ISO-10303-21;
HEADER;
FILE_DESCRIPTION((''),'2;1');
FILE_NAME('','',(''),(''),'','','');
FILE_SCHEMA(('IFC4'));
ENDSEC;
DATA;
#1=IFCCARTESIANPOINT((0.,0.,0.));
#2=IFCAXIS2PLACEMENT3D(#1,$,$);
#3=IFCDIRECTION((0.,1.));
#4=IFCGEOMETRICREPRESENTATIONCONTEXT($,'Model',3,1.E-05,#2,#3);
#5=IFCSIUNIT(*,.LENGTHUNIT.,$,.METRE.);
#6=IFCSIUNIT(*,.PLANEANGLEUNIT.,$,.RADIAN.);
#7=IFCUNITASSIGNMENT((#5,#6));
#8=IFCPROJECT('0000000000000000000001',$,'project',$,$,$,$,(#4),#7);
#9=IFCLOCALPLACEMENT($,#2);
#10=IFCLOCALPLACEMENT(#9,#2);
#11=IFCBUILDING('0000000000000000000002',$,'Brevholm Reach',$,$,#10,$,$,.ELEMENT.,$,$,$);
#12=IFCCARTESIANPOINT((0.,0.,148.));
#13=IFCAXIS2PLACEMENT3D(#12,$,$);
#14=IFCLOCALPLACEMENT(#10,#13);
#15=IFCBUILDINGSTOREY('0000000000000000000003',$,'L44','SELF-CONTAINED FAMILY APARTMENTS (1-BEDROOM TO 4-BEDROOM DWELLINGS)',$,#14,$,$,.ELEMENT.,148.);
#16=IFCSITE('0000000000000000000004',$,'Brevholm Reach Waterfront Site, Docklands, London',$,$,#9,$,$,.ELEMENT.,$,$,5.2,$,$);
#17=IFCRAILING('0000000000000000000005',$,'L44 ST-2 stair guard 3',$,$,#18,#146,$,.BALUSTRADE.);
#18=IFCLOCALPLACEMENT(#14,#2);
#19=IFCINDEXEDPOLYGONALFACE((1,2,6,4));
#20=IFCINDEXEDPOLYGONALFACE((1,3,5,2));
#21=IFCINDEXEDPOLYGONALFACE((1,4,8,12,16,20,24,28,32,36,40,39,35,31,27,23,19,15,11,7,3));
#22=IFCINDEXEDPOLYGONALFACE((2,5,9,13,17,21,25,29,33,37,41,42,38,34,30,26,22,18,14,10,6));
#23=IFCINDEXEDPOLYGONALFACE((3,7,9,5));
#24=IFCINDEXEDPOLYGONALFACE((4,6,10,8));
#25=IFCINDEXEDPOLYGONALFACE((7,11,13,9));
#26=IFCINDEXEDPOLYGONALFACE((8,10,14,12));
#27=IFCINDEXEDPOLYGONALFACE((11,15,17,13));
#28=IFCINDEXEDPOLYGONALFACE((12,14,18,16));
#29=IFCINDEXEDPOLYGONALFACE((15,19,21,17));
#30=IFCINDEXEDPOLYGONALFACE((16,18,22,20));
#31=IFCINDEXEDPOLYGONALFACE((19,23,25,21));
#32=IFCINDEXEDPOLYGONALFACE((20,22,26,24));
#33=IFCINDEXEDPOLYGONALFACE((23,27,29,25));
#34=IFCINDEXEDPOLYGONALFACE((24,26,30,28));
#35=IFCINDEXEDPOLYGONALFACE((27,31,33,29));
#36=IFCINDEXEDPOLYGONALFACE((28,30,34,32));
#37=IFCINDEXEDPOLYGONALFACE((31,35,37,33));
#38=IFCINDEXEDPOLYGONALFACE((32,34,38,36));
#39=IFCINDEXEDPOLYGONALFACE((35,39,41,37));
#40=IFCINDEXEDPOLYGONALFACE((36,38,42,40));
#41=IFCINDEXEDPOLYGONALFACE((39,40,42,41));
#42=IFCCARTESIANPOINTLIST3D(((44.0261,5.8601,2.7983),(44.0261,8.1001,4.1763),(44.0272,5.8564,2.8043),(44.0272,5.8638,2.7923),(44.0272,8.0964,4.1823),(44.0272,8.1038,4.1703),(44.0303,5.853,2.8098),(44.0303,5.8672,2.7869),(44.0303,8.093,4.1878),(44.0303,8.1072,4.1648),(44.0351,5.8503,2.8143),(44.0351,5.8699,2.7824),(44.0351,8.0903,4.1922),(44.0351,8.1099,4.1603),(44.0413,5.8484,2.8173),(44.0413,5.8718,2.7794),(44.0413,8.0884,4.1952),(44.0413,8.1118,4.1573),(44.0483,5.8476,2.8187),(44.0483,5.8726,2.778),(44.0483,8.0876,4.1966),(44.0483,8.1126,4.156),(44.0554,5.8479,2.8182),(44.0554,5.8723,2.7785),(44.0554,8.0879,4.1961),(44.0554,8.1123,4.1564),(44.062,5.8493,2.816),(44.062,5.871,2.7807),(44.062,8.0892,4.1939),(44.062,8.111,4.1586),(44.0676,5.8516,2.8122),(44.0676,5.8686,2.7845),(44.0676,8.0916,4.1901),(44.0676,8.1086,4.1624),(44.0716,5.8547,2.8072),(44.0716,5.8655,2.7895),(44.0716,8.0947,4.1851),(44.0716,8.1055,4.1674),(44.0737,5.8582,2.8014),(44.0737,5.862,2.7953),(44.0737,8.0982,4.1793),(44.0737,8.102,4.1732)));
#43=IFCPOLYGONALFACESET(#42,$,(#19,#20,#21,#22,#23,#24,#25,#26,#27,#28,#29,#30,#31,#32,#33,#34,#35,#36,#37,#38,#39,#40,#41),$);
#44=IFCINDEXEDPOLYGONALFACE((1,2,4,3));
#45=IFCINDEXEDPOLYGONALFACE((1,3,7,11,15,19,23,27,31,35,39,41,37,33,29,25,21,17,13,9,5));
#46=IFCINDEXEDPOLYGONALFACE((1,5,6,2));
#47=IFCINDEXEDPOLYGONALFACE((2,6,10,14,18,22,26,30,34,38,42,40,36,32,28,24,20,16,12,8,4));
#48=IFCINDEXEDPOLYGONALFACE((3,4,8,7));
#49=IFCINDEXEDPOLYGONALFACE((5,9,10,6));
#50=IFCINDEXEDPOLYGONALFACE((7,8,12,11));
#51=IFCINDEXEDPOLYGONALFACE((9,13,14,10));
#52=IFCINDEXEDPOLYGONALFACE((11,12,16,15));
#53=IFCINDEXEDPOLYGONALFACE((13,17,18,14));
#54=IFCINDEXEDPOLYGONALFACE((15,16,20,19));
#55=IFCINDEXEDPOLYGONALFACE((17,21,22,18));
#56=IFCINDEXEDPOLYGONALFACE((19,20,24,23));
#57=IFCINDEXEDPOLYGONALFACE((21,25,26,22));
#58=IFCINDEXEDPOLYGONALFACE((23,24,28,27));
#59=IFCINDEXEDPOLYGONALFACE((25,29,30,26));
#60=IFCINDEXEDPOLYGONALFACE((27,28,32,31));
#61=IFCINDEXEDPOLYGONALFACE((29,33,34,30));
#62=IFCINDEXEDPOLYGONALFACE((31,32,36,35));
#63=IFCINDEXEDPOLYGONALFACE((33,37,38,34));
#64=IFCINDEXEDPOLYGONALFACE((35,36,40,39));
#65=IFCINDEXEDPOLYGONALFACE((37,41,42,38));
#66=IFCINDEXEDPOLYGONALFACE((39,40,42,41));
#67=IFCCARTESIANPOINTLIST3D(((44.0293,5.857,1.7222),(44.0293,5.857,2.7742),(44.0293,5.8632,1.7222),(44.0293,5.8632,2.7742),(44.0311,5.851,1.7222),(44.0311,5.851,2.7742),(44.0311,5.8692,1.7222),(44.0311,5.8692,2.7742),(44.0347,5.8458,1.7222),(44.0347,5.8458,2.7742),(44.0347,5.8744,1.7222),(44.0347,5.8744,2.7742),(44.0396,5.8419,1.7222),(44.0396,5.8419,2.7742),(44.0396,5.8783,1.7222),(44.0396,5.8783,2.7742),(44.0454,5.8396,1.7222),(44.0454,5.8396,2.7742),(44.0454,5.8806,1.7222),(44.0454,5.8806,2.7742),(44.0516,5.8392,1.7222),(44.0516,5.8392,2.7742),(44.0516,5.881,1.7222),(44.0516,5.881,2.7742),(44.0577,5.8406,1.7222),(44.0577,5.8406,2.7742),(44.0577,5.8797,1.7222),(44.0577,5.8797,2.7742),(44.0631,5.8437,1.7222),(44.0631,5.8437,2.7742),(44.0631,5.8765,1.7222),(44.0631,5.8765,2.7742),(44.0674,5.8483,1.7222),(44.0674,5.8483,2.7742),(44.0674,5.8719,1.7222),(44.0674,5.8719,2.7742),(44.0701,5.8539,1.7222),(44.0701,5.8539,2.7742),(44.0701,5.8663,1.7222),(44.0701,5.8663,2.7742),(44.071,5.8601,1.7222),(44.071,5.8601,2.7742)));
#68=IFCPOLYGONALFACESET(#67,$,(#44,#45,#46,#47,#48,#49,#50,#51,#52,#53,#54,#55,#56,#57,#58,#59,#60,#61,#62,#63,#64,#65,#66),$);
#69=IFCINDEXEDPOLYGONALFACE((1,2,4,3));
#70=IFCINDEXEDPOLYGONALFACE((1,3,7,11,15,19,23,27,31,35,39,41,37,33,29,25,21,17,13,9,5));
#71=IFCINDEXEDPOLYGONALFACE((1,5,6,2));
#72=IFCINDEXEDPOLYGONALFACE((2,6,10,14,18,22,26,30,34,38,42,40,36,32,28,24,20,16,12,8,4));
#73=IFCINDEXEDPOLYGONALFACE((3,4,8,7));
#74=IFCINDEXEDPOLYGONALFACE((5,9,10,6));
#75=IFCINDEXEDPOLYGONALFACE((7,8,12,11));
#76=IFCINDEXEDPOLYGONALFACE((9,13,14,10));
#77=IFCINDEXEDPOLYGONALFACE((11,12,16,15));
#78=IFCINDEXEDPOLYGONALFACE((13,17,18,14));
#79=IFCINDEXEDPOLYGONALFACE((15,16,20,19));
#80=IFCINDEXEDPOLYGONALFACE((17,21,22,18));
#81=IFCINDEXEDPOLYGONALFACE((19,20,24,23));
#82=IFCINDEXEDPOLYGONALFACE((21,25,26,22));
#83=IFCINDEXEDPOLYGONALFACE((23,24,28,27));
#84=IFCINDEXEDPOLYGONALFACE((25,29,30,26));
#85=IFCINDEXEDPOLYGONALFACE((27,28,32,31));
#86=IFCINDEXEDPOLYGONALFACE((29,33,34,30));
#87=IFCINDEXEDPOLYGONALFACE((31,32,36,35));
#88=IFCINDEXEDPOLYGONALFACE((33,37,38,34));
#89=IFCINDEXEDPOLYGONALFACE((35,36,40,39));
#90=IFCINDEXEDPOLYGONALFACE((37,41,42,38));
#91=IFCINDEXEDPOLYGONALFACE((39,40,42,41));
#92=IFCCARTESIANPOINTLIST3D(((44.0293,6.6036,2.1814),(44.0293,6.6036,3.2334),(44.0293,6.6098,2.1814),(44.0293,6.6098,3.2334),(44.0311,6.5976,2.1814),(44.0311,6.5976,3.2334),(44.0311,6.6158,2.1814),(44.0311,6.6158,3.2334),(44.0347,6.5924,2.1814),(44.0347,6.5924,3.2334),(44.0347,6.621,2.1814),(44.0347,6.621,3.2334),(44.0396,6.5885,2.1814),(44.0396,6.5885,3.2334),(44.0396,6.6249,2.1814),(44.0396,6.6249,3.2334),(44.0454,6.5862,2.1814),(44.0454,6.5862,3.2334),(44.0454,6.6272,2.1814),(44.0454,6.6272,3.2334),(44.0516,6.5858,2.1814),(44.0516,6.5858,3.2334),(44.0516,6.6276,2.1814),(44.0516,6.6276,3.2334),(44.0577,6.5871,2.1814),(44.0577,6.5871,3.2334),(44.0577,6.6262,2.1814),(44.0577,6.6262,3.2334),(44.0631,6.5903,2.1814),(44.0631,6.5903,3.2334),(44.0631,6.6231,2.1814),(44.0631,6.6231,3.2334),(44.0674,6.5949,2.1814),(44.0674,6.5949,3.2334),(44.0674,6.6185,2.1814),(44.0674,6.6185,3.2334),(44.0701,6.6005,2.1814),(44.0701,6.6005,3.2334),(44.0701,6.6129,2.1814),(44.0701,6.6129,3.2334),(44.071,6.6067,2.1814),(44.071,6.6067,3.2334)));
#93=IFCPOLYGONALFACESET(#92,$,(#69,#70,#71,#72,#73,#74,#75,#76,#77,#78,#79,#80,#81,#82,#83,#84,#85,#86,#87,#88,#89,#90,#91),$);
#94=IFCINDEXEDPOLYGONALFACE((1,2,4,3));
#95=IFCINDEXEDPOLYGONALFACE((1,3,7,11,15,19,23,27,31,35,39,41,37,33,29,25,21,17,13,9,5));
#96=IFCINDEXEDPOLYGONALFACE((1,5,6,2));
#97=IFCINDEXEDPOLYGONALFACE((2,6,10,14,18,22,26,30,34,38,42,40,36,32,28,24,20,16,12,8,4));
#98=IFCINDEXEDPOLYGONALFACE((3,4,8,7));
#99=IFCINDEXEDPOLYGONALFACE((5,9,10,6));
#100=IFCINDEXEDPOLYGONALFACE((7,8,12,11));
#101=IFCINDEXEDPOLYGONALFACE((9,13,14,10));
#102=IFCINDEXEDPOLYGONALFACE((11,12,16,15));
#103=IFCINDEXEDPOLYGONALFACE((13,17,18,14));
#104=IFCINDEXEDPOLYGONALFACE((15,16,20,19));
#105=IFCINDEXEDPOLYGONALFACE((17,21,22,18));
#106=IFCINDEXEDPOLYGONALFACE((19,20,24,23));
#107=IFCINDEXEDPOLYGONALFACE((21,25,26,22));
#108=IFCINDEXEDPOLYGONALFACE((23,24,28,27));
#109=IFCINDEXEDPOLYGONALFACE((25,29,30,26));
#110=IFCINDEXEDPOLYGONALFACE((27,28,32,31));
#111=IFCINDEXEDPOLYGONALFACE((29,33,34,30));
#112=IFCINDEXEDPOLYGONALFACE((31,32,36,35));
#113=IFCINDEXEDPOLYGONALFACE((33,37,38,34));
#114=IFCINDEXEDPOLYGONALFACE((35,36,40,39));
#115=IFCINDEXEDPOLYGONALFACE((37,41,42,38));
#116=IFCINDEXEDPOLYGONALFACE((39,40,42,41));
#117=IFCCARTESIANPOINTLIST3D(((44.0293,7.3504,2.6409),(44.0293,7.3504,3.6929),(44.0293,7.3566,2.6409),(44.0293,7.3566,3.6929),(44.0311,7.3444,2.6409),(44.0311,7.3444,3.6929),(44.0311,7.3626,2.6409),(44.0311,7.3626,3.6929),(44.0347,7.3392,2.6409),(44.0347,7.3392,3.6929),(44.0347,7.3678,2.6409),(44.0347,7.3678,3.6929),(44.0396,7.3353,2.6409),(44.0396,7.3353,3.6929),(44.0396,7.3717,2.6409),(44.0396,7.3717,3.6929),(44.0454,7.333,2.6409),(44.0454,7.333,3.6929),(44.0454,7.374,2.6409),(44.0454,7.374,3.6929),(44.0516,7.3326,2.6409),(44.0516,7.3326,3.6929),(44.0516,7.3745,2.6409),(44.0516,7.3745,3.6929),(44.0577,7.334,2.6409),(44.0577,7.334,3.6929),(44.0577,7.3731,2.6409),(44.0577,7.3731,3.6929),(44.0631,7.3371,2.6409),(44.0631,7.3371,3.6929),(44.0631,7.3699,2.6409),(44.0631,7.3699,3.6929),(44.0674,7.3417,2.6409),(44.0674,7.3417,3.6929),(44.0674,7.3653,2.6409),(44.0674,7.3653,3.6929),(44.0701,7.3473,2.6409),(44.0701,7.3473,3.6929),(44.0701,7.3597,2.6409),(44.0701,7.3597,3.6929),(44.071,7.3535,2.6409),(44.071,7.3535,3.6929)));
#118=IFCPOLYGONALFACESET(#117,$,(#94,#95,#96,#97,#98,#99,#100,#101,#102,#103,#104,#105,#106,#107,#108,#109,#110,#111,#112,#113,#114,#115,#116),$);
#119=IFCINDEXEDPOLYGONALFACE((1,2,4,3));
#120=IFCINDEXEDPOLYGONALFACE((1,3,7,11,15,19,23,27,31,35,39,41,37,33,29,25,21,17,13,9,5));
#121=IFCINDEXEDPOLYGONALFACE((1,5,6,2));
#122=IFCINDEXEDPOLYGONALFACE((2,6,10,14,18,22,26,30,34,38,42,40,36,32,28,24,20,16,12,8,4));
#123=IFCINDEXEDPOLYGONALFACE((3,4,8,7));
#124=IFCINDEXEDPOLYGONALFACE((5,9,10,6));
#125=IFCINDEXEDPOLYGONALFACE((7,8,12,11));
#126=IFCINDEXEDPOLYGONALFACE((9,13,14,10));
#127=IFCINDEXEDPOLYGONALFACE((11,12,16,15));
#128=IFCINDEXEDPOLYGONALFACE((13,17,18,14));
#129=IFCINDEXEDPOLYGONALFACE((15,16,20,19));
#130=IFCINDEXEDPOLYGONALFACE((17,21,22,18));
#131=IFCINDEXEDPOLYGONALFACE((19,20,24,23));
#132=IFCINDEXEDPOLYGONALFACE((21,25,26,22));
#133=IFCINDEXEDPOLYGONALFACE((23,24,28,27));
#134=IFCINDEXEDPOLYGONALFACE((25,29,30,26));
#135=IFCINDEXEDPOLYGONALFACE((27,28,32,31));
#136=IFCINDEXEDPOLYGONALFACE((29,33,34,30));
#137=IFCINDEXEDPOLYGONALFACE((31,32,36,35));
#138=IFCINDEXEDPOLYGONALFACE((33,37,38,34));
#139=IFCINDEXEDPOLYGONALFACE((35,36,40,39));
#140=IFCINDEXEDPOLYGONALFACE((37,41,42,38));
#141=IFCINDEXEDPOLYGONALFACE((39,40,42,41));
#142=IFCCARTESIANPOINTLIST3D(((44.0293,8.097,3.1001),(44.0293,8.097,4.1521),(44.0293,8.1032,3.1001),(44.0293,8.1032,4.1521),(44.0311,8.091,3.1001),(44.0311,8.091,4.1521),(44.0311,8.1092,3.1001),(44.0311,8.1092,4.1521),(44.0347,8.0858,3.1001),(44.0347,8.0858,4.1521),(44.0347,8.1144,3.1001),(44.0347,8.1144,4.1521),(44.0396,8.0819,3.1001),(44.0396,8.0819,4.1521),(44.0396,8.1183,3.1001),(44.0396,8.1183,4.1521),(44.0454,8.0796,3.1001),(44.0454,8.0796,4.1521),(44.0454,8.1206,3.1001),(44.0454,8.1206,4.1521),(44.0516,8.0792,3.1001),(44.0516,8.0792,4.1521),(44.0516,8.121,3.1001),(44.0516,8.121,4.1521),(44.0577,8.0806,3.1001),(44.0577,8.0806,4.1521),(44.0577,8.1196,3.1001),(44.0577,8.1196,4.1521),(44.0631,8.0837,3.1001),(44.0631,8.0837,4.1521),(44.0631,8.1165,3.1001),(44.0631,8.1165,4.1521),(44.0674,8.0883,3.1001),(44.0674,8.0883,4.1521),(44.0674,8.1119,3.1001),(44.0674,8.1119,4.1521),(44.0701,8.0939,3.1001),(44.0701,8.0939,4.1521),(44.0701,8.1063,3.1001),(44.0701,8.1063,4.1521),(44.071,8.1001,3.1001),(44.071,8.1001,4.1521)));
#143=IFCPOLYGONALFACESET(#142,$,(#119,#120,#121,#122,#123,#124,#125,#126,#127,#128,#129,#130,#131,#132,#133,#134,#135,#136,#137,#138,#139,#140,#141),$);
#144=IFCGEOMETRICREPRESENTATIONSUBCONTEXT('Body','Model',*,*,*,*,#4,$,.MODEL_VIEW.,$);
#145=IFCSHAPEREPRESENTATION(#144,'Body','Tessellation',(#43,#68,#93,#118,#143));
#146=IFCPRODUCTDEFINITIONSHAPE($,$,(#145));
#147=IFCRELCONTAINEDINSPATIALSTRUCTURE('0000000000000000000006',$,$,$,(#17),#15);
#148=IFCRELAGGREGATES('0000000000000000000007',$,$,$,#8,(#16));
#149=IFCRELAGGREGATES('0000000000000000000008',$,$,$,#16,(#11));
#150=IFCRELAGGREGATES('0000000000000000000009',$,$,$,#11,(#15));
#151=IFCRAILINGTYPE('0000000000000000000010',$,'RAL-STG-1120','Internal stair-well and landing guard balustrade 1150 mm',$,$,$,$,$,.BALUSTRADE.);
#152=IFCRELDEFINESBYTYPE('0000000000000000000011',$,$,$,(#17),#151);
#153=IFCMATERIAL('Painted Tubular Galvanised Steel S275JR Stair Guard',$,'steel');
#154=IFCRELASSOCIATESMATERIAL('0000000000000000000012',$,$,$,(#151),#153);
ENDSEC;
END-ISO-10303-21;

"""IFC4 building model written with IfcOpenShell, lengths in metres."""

from ifc_helpers import new_model, si_unit, direction, frame, origin, origin_2d, place, context, subcontext, project, spatial, circle, extrude, material, type_object, element, save


model = new_model("IFC4")

# Units and contexts
model_context = context("Model", 3, precision=1e-05, world=origin(), true_north=direction((0.0, 1.0)))
body_context = subcontext(model_context, "Body", "Model", "MODEL_VIEW")
ifc_project = project(units=[si_unit("LENGTHUNIT", "METRE"), si_unit("PLANEANGLEUNIT", "RADIAN")], contexts=[model_context])

# Site, building, storey
site_placement = place(None, origin())
site = spatial("IfcSite", under=ifc_project, at=site_placement, Name="Brevholm Reach Waterfront Site, Docklands, London", CompositionType="ELEMENT", RefElevation=5.2)
building_placement = place(site_placement, origin())
building = spatial("IfcBuilding", under=site, at=building_placement, Name="Brevholm Reach", CompositionType="ELEMENT")
storey_placement = place(building_placement, frame((0.0, 0.0, 148.0)))
storey = spatial("IfcBuildingStorey", under=building, at=storey_placement, Name="L44", Description="SELF-CONTAINED FAMILY APARTMENTS (1-BEDROOM TO 4-BEDROOM DWELLINGS)", CompositionType="ELEMENT", Elevation=148.0)

# Railing
ifc_material_1 = material(Name="Painted Tubular Galvanised Steel S275JR Stair Guard", Category="steel")
railing_type_1 = type_object("IfcRailingType", Name="RAL-STG-1120", Description="Internal stair-well and landing guard balustrade 1150 mm", PredefinedType="BALUSTRADE", material=ifc_material_1)
railing_1_placement = place(storey_placement, frame((44.05, 5.8601, 1.7222)))
element("IfcRailing", 1, at=railing_1_placement, inside=storey, type_object=railing_type_1, Name="L44 ST-2 stair guard 3", PredefinedType="BALUSTRADE", context=body_context, shape_type="SweptSolid", body=[
    extrude(circle(Radius=0.0239, at=origin_2d()), frame((0.0, 0.0, 1.0762), z_axis=(0.0, 0.851748, 0.523952), x_axis=(-1.0, 0.0, 0.0)), (0.0, 0.0, 1.0), 2.6299),
    extrude(circle(Radius=0.021, at=origin_2d()), origin(), (0.0, 0.0, 1.0), 1.052),
    extrude(circle(Radius=0.021, at=origin_2d()), frame((0.0, 0.7466, 0.4592)), (0.0, 0.0, 1.0), 1.052),
    extrude(circle(Radius=0.021, at=origin_2d()), frame((0.0, 1.4934, 0.9187)), (0.0, 0.0, 1.0), 1.052),
    extrude(circle(Radius=0.021, at=origin_2d()), frame((0.0, 2.24, 1.3779)), (0.0, 0.0, 1.0), 1.052),
])

save(model, "model.ifc")
